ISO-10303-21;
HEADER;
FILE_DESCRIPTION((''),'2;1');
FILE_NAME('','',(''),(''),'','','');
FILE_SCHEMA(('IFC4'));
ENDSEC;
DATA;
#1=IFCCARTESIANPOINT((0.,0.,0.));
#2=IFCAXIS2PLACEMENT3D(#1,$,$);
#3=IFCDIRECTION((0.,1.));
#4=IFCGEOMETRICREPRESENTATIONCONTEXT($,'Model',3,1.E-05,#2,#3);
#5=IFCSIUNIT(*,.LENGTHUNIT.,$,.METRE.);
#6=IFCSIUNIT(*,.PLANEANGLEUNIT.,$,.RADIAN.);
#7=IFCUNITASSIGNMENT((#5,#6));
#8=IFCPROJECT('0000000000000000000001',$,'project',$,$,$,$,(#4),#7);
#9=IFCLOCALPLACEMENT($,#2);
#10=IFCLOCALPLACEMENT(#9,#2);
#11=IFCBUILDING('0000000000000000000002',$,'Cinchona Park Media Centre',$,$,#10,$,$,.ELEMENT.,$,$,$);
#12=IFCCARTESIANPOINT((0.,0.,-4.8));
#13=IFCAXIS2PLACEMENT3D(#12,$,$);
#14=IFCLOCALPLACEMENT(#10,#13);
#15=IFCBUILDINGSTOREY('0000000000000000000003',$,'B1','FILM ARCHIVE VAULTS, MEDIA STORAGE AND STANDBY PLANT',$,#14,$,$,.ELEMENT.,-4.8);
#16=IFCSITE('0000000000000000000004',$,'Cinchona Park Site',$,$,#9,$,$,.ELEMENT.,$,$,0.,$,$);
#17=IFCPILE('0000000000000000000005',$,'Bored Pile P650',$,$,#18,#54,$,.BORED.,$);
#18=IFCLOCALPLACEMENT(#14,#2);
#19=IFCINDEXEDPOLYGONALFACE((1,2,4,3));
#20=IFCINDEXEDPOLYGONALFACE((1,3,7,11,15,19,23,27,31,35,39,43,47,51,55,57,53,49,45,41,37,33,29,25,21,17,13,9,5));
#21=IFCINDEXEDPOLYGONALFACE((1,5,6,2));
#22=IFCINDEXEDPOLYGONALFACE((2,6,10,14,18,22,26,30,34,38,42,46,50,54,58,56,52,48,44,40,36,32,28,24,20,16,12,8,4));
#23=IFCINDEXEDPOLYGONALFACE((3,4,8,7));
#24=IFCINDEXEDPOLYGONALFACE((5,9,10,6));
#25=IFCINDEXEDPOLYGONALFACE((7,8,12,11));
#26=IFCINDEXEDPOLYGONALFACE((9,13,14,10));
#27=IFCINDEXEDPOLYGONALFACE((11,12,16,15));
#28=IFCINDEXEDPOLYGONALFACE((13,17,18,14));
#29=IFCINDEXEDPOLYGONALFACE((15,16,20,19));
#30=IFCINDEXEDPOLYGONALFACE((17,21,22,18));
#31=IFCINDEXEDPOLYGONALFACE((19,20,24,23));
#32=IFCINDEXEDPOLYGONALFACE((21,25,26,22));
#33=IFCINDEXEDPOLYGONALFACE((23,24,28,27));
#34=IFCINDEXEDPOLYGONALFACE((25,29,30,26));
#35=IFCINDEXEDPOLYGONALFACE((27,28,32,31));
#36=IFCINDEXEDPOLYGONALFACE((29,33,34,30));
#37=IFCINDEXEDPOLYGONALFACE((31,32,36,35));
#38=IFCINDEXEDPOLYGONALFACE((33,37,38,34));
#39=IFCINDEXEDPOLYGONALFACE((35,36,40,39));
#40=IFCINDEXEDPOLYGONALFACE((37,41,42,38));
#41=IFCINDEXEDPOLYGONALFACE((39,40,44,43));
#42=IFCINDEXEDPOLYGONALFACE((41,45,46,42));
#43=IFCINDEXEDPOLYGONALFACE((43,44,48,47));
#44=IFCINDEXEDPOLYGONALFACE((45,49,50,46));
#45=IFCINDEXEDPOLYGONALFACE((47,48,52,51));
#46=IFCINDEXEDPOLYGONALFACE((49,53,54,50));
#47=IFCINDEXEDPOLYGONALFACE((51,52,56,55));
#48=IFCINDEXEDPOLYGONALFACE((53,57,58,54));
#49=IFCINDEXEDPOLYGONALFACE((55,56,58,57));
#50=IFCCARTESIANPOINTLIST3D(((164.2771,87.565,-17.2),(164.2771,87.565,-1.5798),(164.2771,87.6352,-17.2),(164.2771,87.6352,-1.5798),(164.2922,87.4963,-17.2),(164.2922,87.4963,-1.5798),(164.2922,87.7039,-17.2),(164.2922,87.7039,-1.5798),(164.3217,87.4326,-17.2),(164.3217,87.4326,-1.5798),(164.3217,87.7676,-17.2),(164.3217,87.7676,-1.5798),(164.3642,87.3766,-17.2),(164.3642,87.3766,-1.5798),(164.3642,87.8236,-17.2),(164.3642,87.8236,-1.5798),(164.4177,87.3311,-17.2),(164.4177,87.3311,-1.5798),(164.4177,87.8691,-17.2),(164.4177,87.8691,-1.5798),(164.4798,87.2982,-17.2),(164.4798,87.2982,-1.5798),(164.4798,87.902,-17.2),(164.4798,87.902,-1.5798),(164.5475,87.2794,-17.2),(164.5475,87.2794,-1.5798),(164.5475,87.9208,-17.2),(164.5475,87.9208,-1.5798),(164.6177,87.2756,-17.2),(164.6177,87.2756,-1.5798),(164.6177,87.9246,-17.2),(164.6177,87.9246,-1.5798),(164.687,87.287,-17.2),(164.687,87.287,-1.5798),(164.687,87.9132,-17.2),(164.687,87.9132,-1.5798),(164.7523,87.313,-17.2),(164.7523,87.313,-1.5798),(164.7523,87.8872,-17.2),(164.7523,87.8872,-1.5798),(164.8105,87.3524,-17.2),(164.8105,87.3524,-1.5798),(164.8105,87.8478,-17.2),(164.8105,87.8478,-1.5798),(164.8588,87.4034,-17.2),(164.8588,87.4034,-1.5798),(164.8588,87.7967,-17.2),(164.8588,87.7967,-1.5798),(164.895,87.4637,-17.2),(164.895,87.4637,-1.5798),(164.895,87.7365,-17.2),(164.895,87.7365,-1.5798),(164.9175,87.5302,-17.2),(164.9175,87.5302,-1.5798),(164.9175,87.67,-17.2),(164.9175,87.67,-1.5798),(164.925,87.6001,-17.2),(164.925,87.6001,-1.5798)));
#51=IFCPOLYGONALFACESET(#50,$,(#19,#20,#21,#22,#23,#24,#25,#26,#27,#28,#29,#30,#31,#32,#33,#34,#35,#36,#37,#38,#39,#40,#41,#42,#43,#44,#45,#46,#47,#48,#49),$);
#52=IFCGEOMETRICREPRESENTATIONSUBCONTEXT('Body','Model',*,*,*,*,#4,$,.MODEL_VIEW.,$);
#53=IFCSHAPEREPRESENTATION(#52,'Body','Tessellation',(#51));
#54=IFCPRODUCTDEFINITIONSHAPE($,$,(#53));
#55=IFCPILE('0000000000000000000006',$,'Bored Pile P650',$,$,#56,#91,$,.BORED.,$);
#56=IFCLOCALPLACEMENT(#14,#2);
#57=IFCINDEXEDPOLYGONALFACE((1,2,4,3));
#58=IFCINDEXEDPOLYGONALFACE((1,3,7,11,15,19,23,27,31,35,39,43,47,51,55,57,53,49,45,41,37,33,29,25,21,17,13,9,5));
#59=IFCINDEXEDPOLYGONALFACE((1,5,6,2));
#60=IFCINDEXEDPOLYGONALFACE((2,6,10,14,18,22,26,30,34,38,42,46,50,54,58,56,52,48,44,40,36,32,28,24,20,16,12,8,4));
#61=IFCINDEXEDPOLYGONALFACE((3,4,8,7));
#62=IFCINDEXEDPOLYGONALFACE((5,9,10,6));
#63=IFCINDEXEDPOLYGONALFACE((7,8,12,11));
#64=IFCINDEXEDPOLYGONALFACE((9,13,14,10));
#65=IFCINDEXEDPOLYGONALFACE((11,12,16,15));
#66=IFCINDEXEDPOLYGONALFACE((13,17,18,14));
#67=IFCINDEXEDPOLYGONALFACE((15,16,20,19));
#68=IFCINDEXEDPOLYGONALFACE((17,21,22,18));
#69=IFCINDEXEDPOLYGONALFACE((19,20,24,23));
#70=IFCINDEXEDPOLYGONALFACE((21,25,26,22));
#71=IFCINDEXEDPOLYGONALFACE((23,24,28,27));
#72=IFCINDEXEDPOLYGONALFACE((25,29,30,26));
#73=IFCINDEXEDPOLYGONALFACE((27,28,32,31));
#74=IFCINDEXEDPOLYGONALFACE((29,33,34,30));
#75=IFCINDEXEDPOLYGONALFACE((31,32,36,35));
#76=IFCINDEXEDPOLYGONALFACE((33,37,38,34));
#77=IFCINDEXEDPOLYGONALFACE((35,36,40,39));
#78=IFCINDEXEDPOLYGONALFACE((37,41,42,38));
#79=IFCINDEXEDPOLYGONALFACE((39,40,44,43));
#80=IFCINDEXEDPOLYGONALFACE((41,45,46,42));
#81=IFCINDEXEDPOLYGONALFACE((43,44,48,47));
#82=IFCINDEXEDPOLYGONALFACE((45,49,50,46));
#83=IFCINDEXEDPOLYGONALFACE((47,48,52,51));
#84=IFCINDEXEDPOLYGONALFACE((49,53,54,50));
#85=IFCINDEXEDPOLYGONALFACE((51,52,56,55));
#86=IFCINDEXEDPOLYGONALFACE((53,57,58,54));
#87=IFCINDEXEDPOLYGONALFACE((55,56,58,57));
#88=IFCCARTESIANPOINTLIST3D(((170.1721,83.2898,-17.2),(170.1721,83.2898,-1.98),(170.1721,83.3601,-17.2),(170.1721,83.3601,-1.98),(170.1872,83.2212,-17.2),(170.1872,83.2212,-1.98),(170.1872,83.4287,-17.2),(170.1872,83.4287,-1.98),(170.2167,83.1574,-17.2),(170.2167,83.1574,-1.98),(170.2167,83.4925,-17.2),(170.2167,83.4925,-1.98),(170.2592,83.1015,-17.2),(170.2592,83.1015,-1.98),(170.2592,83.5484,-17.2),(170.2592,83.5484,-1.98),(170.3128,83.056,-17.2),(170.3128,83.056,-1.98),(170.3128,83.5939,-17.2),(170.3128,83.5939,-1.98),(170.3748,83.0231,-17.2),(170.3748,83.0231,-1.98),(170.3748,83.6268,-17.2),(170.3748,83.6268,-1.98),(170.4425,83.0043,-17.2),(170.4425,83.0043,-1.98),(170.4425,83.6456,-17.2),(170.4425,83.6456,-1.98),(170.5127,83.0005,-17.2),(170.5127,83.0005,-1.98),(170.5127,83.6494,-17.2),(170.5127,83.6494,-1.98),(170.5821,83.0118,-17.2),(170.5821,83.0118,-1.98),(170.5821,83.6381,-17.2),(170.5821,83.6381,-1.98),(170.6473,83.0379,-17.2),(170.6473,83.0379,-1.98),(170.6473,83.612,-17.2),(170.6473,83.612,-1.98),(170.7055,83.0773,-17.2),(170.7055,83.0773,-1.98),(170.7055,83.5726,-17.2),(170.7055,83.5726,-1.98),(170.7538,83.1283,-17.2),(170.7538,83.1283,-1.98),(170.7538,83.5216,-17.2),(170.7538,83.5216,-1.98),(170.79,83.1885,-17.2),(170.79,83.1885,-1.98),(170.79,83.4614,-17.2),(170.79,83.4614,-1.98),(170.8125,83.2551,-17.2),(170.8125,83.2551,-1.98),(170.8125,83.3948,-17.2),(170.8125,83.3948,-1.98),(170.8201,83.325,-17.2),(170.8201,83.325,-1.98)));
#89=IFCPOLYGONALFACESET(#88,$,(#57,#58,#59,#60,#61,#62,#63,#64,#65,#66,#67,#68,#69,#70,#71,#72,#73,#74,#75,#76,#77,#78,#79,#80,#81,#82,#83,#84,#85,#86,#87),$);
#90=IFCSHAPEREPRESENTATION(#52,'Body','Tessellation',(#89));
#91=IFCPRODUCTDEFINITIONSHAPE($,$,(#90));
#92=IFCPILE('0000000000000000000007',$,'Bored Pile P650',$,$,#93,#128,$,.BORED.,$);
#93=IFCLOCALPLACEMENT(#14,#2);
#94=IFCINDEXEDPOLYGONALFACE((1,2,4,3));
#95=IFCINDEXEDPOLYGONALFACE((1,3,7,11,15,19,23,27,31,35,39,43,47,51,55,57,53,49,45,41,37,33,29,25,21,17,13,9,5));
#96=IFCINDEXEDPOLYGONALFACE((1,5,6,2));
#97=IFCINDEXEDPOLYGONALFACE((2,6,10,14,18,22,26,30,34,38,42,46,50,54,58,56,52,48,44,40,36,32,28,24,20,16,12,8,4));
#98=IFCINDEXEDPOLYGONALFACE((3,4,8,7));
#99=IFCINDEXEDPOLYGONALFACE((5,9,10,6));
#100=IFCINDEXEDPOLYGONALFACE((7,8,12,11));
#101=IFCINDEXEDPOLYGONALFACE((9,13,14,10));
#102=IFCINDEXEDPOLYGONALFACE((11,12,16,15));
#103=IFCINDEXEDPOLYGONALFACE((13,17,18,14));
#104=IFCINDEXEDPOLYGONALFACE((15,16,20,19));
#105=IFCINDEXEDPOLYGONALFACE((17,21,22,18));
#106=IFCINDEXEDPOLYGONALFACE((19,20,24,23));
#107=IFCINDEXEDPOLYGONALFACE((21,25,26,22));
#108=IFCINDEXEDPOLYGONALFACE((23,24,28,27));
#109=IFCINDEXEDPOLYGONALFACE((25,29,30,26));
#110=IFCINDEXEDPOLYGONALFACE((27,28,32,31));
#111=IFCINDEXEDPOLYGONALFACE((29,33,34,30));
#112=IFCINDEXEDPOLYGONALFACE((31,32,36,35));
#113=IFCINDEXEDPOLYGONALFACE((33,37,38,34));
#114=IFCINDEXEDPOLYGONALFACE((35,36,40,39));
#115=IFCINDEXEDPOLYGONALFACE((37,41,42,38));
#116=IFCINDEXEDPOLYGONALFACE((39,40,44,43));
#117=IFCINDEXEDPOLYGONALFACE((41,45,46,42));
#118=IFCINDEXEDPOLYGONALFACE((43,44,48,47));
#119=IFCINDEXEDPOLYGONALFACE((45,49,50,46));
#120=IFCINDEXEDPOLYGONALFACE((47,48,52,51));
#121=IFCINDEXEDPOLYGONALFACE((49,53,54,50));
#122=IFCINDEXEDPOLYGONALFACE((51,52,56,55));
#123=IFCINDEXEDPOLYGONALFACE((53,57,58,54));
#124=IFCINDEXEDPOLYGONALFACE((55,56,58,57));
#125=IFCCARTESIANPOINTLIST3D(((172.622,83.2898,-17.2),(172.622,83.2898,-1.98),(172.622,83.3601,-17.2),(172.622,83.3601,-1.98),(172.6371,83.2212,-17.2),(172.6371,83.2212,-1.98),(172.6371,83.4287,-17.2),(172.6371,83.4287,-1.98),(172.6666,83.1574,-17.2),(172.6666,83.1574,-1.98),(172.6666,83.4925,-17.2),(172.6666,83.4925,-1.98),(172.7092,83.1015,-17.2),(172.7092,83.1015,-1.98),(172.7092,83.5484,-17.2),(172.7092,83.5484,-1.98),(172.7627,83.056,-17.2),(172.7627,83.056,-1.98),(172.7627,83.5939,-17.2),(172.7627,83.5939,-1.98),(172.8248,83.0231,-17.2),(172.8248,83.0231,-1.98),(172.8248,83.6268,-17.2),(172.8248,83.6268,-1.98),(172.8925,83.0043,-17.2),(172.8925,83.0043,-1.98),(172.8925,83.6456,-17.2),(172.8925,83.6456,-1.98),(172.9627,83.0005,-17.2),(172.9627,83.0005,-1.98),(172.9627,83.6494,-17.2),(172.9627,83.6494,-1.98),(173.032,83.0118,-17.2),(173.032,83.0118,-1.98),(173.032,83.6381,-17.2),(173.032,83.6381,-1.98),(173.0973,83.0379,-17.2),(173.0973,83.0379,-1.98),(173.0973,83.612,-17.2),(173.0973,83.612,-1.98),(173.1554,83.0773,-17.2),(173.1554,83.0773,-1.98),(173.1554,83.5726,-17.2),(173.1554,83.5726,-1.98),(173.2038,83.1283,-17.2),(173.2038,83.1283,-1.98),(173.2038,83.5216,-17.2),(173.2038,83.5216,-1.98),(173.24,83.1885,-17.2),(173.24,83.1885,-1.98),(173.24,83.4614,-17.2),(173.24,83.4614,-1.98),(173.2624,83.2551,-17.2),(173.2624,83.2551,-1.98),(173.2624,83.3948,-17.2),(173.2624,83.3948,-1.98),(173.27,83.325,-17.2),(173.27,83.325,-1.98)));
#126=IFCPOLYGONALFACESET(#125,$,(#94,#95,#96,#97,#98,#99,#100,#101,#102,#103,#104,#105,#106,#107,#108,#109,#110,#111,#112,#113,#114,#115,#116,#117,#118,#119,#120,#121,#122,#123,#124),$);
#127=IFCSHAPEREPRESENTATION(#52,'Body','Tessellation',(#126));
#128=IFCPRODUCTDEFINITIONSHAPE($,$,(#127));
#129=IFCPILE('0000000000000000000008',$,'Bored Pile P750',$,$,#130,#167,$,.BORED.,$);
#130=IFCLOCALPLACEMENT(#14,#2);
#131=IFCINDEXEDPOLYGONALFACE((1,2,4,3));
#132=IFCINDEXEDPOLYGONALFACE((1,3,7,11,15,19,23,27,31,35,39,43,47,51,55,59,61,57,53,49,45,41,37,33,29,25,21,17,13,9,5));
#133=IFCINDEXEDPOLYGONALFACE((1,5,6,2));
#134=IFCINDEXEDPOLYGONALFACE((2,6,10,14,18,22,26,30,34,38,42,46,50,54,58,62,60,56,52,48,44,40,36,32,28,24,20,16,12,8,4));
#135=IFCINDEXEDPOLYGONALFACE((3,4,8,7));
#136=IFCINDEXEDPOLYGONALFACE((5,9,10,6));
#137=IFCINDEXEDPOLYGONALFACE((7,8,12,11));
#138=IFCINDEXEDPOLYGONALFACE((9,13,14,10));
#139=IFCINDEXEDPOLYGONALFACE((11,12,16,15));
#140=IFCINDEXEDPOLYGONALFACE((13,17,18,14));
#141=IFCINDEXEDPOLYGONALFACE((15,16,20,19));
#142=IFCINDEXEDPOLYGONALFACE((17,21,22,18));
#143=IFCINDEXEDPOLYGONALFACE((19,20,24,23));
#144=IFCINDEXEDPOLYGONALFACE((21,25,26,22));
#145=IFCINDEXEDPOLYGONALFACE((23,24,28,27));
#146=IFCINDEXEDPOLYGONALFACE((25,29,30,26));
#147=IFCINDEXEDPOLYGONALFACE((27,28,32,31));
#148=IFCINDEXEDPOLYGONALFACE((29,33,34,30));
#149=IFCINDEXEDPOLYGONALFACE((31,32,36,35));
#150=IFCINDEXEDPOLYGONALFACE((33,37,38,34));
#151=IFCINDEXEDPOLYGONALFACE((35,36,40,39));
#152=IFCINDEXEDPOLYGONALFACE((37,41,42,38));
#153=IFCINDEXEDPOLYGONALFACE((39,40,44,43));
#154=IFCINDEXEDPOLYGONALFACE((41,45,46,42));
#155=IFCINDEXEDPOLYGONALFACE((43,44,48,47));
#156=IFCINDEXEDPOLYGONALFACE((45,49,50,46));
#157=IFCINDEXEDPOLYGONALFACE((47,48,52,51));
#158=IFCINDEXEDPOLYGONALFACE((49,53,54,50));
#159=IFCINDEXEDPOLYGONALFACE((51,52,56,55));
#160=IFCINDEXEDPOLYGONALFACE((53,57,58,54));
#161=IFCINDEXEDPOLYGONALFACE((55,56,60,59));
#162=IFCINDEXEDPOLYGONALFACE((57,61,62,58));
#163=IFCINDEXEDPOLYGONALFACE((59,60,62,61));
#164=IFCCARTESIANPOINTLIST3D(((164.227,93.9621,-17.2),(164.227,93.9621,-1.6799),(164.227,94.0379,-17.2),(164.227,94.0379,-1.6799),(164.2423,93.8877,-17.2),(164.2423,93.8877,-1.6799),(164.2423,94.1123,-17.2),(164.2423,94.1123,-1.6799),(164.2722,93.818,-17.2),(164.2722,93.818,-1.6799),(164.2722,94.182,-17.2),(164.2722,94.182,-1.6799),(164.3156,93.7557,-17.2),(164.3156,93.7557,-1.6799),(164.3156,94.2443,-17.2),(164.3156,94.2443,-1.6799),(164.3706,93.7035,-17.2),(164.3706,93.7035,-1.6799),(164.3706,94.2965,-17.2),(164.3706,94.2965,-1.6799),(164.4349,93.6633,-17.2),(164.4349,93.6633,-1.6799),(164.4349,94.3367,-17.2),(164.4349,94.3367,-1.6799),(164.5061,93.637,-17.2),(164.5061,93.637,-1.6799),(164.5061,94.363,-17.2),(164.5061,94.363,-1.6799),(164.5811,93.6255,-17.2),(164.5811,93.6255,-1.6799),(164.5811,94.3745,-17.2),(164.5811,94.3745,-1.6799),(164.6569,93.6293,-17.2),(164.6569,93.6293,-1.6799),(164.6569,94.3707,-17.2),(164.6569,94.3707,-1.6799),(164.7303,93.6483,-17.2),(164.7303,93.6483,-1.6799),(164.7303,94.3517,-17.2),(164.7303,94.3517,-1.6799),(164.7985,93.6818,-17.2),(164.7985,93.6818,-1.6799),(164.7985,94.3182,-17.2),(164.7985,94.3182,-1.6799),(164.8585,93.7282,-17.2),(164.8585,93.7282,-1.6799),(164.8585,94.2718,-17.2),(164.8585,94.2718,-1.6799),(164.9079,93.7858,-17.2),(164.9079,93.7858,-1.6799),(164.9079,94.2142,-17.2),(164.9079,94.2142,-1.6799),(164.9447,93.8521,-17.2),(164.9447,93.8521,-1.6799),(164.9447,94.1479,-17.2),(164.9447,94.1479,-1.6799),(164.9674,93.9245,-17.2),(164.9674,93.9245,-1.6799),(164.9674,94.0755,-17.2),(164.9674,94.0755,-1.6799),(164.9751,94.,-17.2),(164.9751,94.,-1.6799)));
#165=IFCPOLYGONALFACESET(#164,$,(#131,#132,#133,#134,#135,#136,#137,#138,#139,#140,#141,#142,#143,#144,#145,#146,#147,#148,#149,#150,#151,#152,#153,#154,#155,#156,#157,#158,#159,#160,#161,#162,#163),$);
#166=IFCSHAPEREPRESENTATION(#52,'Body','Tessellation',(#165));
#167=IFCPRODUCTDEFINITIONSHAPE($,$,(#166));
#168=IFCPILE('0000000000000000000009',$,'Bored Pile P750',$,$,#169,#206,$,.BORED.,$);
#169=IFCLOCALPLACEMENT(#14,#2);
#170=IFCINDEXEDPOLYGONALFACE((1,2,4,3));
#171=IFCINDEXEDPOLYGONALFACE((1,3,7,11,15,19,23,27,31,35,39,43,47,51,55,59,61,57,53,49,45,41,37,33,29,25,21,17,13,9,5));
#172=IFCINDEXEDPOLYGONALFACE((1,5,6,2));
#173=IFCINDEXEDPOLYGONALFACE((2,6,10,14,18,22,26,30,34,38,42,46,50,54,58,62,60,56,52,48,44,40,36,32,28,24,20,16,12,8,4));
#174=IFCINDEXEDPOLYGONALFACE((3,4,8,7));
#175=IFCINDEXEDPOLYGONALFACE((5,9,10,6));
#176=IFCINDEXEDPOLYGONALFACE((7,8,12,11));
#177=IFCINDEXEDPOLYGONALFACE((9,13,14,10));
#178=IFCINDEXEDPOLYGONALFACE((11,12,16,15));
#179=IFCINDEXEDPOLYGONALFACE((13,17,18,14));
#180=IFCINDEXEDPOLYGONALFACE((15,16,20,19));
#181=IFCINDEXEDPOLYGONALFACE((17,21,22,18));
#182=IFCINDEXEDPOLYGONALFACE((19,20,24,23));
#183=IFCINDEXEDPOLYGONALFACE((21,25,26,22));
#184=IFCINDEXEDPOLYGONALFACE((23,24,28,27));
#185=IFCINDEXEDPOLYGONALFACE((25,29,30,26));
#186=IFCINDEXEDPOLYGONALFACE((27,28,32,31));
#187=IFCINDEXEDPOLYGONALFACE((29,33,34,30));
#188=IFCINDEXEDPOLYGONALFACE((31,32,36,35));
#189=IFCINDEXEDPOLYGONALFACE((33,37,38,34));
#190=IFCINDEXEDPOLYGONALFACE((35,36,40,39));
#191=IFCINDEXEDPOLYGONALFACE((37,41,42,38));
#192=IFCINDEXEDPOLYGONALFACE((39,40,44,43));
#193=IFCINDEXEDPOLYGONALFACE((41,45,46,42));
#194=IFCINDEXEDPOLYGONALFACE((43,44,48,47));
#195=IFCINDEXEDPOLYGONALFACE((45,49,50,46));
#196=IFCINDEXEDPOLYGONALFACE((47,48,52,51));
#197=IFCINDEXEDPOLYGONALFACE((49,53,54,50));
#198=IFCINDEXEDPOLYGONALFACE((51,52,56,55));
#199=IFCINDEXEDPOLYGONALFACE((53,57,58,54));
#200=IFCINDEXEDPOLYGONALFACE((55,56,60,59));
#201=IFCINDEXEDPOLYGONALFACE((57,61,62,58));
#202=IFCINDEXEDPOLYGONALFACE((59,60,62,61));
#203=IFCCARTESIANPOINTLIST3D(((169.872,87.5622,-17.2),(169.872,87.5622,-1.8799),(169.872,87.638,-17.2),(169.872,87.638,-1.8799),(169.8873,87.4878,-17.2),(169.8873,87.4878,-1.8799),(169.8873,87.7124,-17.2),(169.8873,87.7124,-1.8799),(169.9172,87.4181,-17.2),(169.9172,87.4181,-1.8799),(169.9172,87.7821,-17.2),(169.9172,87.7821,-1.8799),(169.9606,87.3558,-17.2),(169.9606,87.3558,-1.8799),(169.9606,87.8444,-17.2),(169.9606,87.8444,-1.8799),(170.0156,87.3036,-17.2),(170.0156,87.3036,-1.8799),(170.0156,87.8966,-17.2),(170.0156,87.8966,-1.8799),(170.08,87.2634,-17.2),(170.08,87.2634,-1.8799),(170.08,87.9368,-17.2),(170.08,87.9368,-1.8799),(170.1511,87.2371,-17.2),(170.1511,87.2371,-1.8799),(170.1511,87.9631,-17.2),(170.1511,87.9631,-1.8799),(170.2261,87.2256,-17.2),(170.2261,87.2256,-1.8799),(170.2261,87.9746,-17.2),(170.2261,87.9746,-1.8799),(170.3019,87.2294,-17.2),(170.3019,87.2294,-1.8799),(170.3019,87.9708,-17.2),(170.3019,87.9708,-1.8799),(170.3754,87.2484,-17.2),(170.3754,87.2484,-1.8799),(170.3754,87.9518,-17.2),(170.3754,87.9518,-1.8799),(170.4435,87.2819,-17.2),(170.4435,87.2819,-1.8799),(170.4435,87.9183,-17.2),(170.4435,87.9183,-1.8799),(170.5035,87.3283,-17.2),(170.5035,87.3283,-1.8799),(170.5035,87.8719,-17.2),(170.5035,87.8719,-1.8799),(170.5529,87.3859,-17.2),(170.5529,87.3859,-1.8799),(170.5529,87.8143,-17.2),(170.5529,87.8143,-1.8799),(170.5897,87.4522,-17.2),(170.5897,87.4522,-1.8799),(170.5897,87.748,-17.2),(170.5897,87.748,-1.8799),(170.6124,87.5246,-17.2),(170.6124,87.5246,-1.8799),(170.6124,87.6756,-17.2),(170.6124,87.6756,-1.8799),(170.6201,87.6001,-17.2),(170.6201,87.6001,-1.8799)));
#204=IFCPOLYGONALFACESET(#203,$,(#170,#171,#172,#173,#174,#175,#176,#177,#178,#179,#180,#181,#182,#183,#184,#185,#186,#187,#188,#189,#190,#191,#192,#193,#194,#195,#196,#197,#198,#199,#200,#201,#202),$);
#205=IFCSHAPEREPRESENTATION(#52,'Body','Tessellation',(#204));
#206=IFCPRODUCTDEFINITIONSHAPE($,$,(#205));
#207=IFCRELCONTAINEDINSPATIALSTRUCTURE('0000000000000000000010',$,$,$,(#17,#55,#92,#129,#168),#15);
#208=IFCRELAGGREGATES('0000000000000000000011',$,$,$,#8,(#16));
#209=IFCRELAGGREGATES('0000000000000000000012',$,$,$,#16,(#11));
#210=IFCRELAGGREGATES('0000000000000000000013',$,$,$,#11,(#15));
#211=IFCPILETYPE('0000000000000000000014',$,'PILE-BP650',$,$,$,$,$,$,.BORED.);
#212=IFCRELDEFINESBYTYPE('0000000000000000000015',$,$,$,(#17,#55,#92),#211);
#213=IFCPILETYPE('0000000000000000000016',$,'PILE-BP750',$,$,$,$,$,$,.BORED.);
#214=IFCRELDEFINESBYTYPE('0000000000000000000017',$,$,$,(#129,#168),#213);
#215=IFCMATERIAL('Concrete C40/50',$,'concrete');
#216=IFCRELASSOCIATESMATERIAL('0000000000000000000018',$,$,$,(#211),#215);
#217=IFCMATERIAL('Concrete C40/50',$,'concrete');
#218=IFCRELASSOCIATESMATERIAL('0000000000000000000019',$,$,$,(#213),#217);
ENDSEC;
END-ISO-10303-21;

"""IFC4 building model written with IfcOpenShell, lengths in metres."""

from ifc_helpers import new_model, si_unit, direction, frame, origin, origin_2d, place, context, subcontext, project, spatial, circle, extrude, material, material_profile, profile_set, type_object, element, save


model = new_model("IFC4")

# Units and contexts
model_context = context("Model", 3, precision=1e-05, world=origin(), true_north=direction((0.0, 1.0)))
body_context = subcontext(model_context, "Body", "Model", "MODEL_VIEW")
ifc_project = project(units=[si_unit("LENGTHUNIT", "METRE"), si_unit("PLANEANGLEUNIT", "RADIAN")], contexts=[model_context])

# Site, building, storey
site_placement = place(None, origin())
site = spatial("IfcSite", under=ifc_project, at=site_placement, Name="Cinchona Park Site", CompositionType="ELEMENT", RefElevation=0.0)
building_placement = place(site_placement, origin())
building = spatial("IfcBuilding", under=site, at=building_placement, Name="Cinchona Park Media Centre", CompositionType="ELEMENT")
storey_placement = place(building_placement, frame((0.0, 0.0, -4.8)))
storey = spatial("IfcBuildingStorey", under=building, at=storey_placement, Name="B1", Description="FILM ARCHIVE VAULTS, MEDIA STORAGE AND STANDBY PLANT", CompositionType="ELEMENT", Elevation=-4.8)

# Piles
ifc_material_1 = material(Name="Concrete C40/50", Category="concrete")
ifc_material_profile_1 = material_profile(ifc_material_1, circle(Radius=0.325, at=origin_2d()), Name="BORED PILE 650")
ifc_profile_set_1 = profile_set([ifc_material_profile_1], Name="Concrete C40/50")
pile_type_1 = type_object("IfcPileType", Name="PILE-BP650", PredefinedType="BORED", material=ifc_profile_set_1)
pile_1_placement = place(storey_placement, frame((164.6001, 87.6001, -1.5798), z_axis=(0.0, 0.0, -1.0), x_axis=(1.0, 0.0, 0.0)))
element("IfcPile", 1, at=pile_1_placement, inside=storey, type_object=pile_type_1, Name="Bored Pile P650", PredefinedType="BORED", context=body_context, shape_type="SweptSolid", body=[
    extrude(circle(Radius=0.325, at=origin_2d()), origin(), (0.0, 0.0, 1.0), 15.6201),
])
for number, where, z_axis, x_axis, name in (
    (2, (170.4951, 83.325, -1.98), (0.0, 0.0, -1.0), (1.0, 0.0, 0.0), "Bored Pile P650"),
    (3, (172.9451, 83.325, -1.98), (0.0, 0.0, -1.0), (1.0, 0.0, 0.0), "Bored Pile P650"),
):
    element("IfcPile", number, at=place(storey_placement, frame(where, z_axis=z_axis, x_axis=x_axis)), inside=storey, type_object=pile_type_1, Name=name, PredefinedType="BORED", context=body_context, shape_type="SweptSolid", body=[
        extrude(circle(Radius=0.325, at=origin_2d()), origin(), (0.0, 0.0, 1.0), 15.22),
    ])
ifc_material_2 = material(Name="Concrete C40/50", Category="concrete")
ifc_material_profile_2 = material_profile(ifc_material_2, circle(Radius=0.375, at=origin_2d()), Name="BORED PILE 750")
ifc_profile_set_2 = profile_set([ifc_material_profile_2], Name="Concrete C40/50")
pile_type_2 = type_object("IfcPileType", Name="PILE-BP750", PredefinedType="BORED", material=ifc_profile_set_2)
pile_2_placement = place(storey_placement, frame((164.6001, 94.0, -1.6799), z_axis=(0.0, 0.0, -1.0), x_axis=(1.0, 0.0, 0.0)))
element("IfcPile", 4, at=pile_2_placement, inside=storey, type_object=pile_type_2, Name="Bored Pile P750", PredefinedType="BORED", context=body_context, shape_type="SweptSolid", body=[
    extrude(circle(Radius=0.375, at=origin_2d()), origin(), (0.0, 0.0, 1.0), 15.52),
])
for number, where, z_axis, x_axis, name in (
    (5, (170.2451, 87.6001, -1.8799), (0.0, 0.0, -1.0), (1.0, 0.0, 0.0), "Bored Pile P750"),
):
    element("IfcPile", number, at=place(storey_placement, frame(where, z_axis=z_axis, x_axis=x_axis)), inside=storey, type_object=pile_type_2, Name=name, PredefinedType="BORED", context=body_context, shape_type="SweptSolid", body=[
        extrude(circle(Radius=0.375, at=origin_2d()), origin(), (0.0, 0.0, 1.0), 15.3201),
    ])

save(model, "model.ifc")
